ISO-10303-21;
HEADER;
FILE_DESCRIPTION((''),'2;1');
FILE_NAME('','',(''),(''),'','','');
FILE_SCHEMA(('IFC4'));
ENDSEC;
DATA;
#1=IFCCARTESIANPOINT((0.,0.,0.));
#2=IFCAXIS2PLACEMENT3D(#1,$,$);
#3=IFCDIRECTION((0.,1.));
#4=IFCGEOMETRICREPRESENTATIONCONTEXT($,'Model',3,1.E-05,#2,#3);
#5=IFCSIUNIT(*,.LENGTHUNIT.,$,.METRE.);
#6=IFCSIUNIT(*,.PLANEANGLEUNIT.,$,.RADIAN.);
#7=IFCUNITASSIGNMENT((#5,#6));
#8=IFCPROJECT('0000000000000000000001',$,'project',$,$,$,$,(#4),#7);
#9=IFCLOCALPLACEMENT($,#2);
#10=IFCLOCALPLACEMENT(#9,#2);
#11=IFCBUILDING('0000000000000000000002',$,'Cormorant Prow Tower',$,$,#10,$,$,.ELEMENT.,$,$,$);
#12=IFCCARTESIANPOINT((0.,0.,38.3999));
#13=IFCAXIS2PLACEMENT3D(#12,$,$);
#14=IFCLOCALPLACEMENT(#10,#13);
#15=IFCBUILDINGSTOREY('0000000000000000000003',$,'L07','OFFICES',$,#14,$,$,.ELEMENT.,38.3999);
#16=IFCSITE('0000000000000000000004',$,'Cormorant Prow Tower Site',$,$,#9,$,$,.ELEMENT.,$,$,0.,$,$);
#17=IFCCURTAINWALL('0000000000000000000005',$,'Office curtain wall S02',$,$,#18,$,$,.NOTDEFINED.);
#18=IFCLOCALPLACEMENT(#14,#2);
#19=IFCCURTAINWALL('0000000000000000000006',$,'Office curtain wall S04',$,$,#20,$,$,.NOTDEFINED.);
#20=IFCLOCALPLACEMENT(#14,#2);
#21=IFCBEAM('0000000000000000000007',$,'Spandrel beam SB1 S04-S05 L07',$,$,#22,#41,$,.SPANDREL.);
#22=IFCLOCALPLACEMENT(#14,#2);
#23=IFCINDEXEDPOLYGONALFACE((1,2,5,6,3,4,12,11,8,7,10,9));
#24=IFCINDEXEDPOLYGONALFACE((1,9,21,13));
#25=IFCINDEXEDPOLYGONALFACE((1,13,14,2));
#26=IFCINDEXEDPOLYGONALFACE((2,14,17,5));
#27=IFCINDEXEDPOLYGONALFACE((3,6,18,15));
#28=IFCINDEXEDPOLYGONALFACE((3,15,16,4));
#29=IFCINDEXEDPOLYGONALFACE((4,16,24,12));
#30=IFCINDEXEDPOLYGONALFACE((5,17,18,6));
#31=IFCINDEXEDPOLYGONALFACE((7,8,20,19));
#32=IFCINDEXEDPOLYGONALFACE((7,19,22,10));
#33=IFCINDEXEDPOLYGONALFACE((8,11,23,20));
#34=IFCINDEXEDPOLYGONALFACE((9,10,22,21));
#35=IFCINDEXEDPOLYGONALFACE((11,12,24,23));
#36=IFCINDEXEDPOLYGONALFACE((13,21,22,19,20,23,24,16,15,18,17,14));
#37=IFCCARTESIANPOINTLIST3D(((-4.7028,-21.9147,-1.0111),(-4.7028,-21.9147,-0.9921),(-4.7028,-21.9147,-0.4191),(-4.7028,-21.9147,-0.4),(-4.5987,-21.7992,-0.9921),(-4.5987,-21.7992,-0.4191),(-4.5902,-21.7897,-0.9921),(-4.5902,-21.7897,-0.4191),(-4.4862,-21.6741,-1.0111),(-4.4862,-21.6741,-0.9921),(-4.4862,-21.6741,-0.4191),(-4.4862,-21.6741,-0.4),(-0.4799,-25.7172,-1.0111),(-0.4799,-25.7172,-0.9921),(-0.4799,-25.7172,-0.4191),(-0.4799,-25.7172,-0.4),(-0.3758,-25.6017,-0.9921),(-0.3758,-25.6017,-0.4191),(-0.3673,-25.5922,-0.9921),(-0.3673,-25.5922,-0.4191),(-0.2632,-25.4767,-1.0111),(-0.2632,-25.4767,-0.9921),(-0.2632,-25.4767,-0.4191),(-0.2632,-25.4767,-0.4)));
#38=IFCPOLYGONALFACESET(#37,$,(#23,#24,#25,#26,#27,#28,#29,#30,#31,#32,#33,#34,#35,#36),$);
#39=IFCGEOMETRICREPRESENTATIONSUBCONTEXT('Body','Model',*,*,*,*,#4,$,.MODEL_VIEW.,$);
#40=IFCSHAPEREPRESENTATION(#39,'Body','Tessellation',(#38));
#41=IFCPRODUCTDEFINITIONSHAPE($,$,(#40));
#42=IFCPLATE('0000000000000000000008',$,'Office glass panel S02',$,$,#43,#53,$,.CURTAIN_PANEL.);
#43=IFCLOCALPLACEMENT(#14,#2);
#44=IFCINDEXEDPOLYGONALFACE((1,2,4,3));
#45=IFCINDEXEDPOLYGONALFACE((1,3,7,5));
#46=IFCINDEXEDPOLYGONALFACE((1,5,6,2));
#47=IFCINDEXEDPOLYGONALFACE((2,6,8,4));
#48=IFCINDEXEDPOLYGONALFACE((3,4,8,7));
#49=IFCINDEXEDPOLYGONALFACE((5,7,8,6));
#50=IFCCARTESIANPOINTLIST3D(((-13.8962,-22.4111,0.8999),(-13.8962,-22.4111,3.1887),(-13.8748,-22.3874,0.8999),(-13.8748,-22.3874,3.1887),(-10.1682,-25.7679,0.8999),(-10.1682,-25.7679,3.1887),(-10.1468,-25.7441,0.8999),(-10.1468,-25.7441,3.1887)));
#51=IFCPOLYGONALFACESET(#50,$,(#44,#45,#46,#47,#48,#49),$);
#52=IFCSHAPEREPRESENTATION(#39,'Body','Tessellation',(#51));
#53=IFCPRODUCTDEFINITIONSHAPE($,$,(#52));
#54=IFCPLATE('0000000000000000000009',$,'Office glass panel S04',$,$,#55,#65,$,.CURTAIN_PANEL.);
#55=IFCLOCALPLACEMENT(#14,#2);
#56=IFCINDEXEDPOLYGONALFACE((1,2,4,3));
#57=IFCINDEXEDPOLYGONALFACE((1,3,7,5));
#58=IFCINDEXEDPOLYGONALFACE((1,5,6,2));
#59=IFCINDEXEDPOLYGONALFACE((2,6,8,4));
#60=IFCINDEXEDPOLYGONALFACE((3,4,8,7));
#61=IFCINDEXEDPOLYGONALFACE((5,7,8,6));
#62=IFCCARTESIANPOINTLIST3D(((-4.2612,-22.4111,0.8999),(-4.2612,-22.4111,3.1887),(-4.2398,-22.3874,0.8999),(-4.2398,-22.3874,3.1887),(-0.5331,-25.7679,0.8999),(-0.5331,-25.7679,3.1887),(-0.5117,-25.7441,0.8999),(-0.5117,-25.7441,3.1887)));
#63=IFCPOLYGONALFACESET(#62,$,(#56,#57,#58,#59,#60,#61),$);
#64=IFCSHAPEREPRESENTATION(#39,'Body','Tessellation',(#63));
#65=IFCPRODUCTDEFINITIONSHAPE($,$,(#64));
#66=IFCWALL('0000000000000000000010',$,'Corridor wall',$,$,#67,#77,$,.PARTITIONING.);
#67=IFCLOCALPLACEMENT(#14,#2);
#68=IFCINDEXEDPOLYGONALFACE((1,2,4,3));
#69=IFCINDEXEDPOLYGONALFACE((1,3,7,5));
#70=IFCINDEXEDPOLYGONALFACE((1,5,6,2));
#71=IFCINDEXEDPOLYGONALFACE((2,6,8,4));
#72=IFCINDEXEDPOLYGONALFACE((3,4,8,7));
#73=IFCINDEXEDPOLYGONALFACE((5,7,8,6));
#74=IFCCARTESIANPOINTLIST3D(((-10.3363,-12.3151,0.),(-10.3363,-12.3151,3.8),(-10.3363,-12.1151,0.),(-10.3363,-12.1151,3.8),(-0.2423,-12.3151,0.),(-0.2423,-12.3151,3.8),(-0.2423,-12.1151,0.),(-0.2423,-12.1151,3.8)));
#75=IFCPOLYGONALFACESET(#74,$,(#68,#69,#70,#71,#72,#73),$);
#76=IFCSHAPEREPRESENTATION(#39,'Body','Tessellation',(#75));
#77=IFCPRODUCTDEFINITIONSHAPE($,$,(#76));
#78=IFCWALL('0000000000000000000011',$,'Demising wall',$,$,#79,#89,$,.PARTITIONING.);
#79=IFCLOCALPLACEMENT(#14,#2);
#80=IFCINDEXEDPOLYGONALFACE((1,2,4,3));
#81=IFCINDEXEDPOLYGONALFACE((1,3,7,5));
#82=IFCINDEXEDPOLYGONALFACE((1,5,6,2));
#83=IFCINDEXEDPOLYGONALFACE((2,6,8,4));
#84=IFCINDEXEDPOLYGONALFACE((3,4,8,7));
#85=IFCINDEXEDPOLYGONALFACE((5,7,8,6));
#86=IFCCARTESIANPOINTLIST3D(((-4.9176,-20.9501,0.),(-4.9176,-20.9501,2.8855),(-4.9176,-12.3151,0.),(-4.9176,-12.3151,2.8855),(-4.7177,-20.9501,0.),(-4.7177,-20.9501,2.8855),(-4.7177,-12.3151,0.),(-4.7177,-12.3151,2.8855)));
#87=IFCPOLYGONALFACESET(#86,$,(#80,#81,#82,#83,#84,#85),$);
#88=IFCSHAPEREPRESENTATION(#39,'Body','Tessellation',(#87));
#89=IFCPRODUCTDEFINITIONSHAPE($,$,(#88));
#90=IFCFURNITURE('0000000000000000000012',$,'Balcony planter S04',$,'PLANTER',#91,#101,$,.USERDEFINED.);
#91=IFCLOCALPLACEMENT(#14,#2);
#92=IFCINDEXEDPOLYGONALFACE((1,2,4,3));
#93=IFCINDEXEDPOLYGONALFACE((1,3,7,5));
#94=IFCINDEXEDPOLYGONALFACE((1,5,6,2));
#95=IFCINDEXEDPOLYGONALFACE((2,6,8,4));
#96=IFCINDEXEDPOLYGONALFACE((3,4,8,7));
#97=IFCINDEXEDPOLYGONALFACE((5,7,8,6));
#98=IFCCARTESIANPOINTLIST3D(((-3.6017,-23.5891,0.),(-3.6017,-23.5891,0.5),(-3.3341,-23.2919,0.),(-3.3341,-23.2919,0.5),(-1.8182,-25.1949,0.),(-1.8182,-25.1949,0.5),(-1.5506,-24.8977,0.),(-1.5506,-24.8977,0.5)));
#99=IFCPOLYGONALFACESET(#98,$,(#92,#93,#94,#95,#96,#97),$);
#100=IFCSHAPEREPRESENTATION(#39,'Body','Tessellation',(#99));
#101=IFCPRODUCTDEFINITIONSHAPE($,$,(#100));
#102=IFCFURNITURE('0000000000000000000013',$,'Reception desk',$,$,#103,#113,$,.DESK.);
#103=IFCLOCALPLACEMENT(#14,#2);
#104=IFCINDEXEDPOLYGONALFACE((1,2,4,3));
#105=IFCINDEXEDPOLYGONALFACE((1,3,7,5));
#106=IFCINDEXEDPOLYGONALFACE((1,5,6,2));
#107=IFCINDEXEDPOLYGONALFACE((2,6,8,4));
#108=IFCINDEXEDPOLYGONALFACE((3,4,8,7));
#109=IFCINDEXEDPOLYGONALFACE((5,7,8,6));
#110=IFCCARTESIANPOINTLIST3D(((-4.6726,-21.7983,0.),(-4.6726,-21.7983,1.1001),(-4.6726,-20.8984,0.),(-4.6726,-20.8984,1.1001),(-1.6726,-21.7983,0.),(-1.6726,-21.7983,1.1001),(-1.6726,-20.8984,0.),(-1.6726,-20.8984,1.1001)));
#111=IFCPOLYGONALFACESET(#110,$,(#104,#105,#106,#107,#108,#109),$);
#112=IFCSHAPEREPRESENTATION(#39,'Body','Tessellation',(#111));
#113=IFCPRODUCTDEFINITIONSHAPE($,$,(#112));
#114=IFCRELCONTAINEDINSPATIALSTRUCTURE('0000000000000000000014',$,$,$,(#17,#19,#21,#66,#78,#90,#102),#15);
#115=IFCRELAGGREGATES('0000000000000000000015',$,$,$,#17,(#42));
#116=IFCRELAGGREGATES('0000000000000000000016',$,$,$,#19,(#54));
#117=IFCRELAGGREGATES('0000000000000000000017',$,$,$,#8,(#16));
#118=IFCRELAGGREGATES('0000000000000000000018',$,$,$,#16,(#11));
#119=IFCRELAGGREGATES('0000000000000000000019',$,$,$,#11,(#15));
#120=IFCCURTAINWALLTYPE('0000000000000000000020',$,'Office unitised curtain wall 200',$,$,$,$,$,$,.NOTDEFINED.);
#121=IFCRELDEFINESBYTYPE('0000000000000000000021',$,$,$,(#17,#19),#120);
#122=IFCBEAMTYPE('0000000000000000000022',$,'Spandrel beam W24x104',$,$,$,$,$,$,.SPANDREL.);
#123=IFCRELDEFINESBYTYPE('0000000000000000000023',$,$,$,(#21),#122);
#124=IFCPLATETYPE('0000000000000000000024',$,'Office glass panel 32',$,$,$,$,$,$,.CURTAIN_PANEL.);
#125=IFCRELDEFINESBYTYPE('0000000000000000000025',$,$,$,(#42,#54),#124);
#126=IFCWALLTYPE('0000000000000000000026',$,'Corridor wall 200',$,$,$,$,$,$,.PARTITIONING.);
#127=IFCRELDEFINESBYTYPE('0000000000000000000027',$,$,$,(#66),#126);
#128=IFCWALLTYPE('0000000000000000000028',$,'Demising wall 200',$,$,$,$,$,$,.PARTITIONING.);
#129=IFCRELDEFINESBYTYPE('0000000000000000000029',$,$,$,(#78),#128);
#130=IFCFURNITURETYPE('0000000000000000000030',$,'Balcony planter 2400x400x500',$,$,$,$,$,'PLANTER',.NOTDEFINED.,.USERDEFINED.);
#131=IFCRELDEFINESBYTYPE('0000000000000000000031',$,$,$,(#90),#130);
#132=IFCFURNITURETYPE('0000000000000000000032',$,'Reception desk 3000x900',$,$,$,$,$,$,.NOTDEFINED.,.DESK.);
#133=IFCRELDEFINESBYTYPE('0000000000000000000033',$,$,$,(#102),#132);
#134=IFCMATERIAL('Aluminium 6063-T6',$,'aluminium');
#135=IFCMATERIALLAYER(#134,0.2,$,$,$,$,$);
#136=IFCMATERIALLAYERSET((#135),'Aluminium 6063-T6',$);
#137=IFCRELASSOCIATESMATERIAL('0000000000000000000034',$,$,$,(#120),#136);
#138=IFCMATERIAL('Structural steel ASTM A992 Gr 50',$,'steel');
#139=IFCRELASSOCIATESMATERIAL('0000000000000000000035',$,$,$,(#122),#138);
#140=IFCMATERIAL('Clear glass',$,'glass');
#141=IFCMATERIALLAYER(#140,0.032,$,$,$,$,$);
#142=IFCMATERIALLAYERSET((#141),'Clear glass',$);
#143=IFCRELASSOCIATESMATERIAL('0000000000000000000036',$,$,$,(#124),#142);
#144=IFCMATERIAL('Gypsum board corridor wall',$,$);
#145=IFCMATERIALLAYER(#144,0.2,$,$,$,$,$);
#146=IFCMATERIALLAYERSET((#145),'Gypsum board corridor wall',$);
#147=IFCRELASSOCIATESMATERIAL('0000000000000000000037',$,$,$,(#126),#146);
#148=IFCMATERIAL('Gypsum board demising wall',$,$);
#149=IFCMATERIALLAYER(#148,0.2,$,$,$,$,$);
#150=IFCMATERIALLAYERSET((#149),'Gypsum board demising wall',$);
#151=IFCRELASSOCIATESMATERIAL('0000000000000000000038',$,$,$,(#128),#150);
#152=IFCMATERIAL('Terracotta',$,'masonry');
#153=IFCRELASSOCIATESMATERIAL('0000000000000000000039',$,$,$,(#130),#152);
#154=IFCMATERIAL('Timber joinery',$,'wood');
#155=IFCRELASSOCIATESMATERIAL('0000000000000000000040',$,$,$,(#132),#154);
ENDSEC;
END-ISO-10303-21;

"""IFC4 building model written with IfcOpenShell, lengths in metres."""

from ifc_helpers import new_model, si_unit, direction, frame, frame_2d, origin, origin_2d, place, context, subcontext, project, spatial, rectangle, i_section, extrude, material, layer, layer_set, material_profile, profile_set, type_object, element, aggregate, save


model = new_model("IFC4")

# Units and contexts
model_context = context("Model", 3, precision=1e-05, world=origin(), true_north=direction((0.0, 1.0)))
body_context = subcontext(model_context, "Body", "Model", "MODEL_VIEW")
ifc_project = project(units=[si_unit("LENGTHUNIT", "METRE"), si_unit("PLANEANGLEUNIT", "RADIAN")], contexts=[model_context])

# Site, building, storey
site_placement = place(None, origin())
site = spatial("IfcSite", under=ifc_project, at=site_placement, Name="Cormorant Prow Tower Site", CompositionType="ELEMENT", RefElevation=0.0)
building_placement = place(site_placement, origin())
building = spatial("IfcBuilding", under=site, at=building_placement, Name="Cormorant Prow Tower", CompositionType="ELEMENT")
storey_placement = place(building_placement, frame((0.0, 0.0, 38.3999)))
storey = spatial("IfcBuildingStorey", under=building, at=storey_placement, Name="L07", Description="OFFICES", CompositionType="ELEMENT", Elevation=38.3999)

# Curtain walls
ifc_material_1 = material(Name="Aluminium 6063-T6", Category="aluminium")
ifc_layer_1 = layer(ifc_material_1, 0.2)
ifc_layer_set_1 = layer_set([ifc_layer_1], Name="Aluminium 6063-T6")
curtain_wall_type = type_object("IfcCurtainWallType", Name="Office unitised curtain wall 200", PredefinedType="NOTDEFINED", material=ifc_layer_set_1)
curtain_wall_1_placement = place(storey_placement, origin())
curtain_wall_1 = element("IfcCurtainWall", 1, at=curtain_wall_1_placement, inside=storey, type_object=curtain_wall_type, Name="Office curtain wall S02", PredefinedType="NOTDEFINED")
curtain_wall_2_placement = place(storey_placement, origin())
curtain_wall_2 = element("IfcCurtainWall", 2, at=curtain_wall_2_placement, inside=storey, type_object=curtain_wall_type, Name="Office curtain wall S04", PredefinedType="NOTDEFINED")

# Beam
ifc_material_2 = material(Name="Structural steel ASTM A992 Gr 50", Category="steel")
ifc_material_profile_1 = material_profile(ifc_material_2, i_section(OverallWidth=0.3237, OverallDepth=0.6111, WebThickness=0.0127, FlangeThickness=0.019, at=origin_2d()), Name="W24x104")
ifc_profile_set_1 = profile_set([ifc_material_profile_1], Name="Structural steel ASTM A992 Gr 50")
beam_type_1 = type_object("IfcBeamType", Name="Spandrel beam W24x104", PredefinedType="SPANDREL", material=ifc_profile_set_1)
for number, where, z_axis, x_axis, name in (
    (3, (-4.5945, -21.7944, -0.7056), (0.74313, -0.669147, 0.0), (0.669147, 0.74313, 0.0), "Spandrel beam SB1 S04-S05 L07"),
):
    element("IfcBeam", number, at=place(storey_placement, frame(where, z_axis=z_axis, x_axis=x_axis)), inside=storey, type_object=beam_type_1, Name=name, PredefinedType="SPANDREL", context=body_context, shape_type="SweptSolid", body=[
        extrude(i_section(OverallWidth=0.3237, OverallDepth=0.6111, WebThickness=0.0127, FlangeThickness=0.019, at=origin_2d()), origin(), (0.0, 0.0, 1.0), 5.6826),
    ])

# Plates
ifc_material_3 = material(Name="Clear glass", Category="glass")
ifc_layer_2 = layer(ifc_material_3, 0.032)
ifc_layer_set_2 = layer_set([ifc_layer_2], Name="Clear glass")
plate_type = type_object("IfcPlateType", Name="Office glass panel 32", PredefinedType="CURTAIN_PANEL", material=ifc_layer_set_2)
plate_1_placement = place(storey_placement, frame((-12.0215, -24.0776, 0.8999), z_axis=(0.0, 0.0, 1.0), x_axis=(0.743145, -0.669131, 0.0)))
plate_1 = element("IfcPlate", 4, at=plate_1_placement, type_object=plate_type, Name="Office glass panel S02", PredefinedType="CURTAIN_PANEL", context=body_context, shape_type="SweptSolid", body=[
    extrude(rectangle(XDim=5.0166, YDim=0.032, at=origin_2d()), origin(), (0.0, 0.0, 1.0), 2.2888),
])
aggregate(curtain_wall_1, [plate_1])
plate_2_placement = place(storey_placement, frame((-2.3865, -24.0776, 0.8999), z_axis=(0.0, 0.0, 1.0), x_axis=(0.743145, -0.669131, 0.0)))
plate_2 = element("IfcPlate", 5, at=plate_2_placement, type_object=plate_type, Name="Office glass panel S04", PredefinedType="CURTAIN_PANEL", context=body_context, shape_type="SweptSolid", body=[
    extrude(rectangle(XDim=5.0166, YDim=0.032, at=origin_2d()), origin(), (0.0, 0.0, 1.0), 2.2888),
])
aggregate(curtain_wall_2, [plate_2])

# Walls
ifc_material_4 = material(Name="Gypsum board corridor wall")
ifc_layer_3 = layer(ifc_material_4, 0.2)
ifc_layer_set_3 = layer_set([ifc_layer_3], Name="Gypsum board corridor wall")
wall_type_1 = type_object("IfcWallType", Name="Corridor wall 200", PredefinedType="PARTITIONING", material=ifc_layer_set_3)
wall_1_placement = place(storey_placement, frame((-10.3362, -12.2151, 0.0), z_axis=(0.0, 0.0, 1.0), x_axis=(1.0, 0.0, 0.0)))
element("IfcWall", 6, at=wall_1_placement, inside=storey, type_object=wall_type_1, Name="Corridor wall", PredefinedType="PARTITIONING", context=body_context, shape_type="SweptSolid", body=[
    extrude(rectangle(XDim=10.094, YDim=0.2, at=frame_2d((5.0469, 0.0))), origin(), (0.0, 0.0, 1.0), 3.8),
])
ifc_material_5 = material(Name="Gypsum board demising wall")
ifc_layer_4 = layer(ifc_material_5, 0.2)
ifc_layer_set_4 = layer_set([ifc_layer_4], Name="Gypsum board demising wall")
wall_type_2 = type_object("IfcWallType", Name="Demising wall 200", PredefinedType="PARTITIONING", material=ifc_layer_set_4)
wall_2_placement = place(storey_placement, frame((-4.8176, -20.95, 0.0), z_axis=(0.0, 0.0, 1.0), x_axis=(0.0, 1.0, 0.0)))
element("IfcWall", 7, at=wall_2_placement, inside=storey, type_object=wall_type_2, Name="Demising wall", PredefinedType="PARTITIONING", context=body_context, shape_type="SweptSolid", body=[
    extrude(rectangle(XDim=8.635, YDim=0.2, at=frame_2d((4.3174, 0.0))), origin(), (0.0, 0.0, 1.0), 2.8855),
])

# Furniture
ifc_material_6 = material(Name="Terracotta", Category="masonry")
furniture_type_1 = type_object("IfcFurnitureType", Name="Balcony planter 2400x400x500", ElementType="PLANTER", AssemblyPlace="NOTDEFINED", PredefinedType="USERDEFINED", material=ifc_material_6)
furniture_1_placement = place(storey_placement, frame((-2.5762, -24.2434, 0.0), z_axis=(0.0, 0.0, 1.0), x_axis=(0.743145, -0.669131, 0.0)))
element("IfcFurniture", 8, at=furniture_1_placement, inside=storey, type_object=furniture_type_1, Name="Balcony planter S04", ObjectType="PLANTER", PredefinedType="USERDEFINED", context=body_context, shape_type="SweptSolid", body=[
    extrude(rectangle(XDim=2.3999, YDim=0.3999, at=origin_2d()), origin(), (0.0, 0.0, 1.0), 0.5),
])
ifc_material_7 = material(Name="Timber joinery", Category="wood")
furniture_type_2 = type_object("IfcFurnitureType", Name="Reception desk 3000x900", AssemblyPlace="NOTDEFINED", PredefinedType="DESK", material=ifc_material_7)
furniture_2_placement = place(storey_placement, frame((-3.1726, -21.3484, 0.0), z_axis=(0.0, 0.0, 1.0), x_axis=(1.0, 0.0, 0.0)))
element("IfcFurniture", 9, at=furniture_2_placement, inside=storey, type_object=furniture_type_2, Name="Reception desk", PredefinedType="DESK", context=body_context, shape_type="SweptSolid", body=[
    extrude(rectangle(XDim=3.0, YDim=0.8999, at=origin_2d()), origin(), (0.0, 0.0, 1.0), 1.1001),
])

save(model, "model.ifc")
